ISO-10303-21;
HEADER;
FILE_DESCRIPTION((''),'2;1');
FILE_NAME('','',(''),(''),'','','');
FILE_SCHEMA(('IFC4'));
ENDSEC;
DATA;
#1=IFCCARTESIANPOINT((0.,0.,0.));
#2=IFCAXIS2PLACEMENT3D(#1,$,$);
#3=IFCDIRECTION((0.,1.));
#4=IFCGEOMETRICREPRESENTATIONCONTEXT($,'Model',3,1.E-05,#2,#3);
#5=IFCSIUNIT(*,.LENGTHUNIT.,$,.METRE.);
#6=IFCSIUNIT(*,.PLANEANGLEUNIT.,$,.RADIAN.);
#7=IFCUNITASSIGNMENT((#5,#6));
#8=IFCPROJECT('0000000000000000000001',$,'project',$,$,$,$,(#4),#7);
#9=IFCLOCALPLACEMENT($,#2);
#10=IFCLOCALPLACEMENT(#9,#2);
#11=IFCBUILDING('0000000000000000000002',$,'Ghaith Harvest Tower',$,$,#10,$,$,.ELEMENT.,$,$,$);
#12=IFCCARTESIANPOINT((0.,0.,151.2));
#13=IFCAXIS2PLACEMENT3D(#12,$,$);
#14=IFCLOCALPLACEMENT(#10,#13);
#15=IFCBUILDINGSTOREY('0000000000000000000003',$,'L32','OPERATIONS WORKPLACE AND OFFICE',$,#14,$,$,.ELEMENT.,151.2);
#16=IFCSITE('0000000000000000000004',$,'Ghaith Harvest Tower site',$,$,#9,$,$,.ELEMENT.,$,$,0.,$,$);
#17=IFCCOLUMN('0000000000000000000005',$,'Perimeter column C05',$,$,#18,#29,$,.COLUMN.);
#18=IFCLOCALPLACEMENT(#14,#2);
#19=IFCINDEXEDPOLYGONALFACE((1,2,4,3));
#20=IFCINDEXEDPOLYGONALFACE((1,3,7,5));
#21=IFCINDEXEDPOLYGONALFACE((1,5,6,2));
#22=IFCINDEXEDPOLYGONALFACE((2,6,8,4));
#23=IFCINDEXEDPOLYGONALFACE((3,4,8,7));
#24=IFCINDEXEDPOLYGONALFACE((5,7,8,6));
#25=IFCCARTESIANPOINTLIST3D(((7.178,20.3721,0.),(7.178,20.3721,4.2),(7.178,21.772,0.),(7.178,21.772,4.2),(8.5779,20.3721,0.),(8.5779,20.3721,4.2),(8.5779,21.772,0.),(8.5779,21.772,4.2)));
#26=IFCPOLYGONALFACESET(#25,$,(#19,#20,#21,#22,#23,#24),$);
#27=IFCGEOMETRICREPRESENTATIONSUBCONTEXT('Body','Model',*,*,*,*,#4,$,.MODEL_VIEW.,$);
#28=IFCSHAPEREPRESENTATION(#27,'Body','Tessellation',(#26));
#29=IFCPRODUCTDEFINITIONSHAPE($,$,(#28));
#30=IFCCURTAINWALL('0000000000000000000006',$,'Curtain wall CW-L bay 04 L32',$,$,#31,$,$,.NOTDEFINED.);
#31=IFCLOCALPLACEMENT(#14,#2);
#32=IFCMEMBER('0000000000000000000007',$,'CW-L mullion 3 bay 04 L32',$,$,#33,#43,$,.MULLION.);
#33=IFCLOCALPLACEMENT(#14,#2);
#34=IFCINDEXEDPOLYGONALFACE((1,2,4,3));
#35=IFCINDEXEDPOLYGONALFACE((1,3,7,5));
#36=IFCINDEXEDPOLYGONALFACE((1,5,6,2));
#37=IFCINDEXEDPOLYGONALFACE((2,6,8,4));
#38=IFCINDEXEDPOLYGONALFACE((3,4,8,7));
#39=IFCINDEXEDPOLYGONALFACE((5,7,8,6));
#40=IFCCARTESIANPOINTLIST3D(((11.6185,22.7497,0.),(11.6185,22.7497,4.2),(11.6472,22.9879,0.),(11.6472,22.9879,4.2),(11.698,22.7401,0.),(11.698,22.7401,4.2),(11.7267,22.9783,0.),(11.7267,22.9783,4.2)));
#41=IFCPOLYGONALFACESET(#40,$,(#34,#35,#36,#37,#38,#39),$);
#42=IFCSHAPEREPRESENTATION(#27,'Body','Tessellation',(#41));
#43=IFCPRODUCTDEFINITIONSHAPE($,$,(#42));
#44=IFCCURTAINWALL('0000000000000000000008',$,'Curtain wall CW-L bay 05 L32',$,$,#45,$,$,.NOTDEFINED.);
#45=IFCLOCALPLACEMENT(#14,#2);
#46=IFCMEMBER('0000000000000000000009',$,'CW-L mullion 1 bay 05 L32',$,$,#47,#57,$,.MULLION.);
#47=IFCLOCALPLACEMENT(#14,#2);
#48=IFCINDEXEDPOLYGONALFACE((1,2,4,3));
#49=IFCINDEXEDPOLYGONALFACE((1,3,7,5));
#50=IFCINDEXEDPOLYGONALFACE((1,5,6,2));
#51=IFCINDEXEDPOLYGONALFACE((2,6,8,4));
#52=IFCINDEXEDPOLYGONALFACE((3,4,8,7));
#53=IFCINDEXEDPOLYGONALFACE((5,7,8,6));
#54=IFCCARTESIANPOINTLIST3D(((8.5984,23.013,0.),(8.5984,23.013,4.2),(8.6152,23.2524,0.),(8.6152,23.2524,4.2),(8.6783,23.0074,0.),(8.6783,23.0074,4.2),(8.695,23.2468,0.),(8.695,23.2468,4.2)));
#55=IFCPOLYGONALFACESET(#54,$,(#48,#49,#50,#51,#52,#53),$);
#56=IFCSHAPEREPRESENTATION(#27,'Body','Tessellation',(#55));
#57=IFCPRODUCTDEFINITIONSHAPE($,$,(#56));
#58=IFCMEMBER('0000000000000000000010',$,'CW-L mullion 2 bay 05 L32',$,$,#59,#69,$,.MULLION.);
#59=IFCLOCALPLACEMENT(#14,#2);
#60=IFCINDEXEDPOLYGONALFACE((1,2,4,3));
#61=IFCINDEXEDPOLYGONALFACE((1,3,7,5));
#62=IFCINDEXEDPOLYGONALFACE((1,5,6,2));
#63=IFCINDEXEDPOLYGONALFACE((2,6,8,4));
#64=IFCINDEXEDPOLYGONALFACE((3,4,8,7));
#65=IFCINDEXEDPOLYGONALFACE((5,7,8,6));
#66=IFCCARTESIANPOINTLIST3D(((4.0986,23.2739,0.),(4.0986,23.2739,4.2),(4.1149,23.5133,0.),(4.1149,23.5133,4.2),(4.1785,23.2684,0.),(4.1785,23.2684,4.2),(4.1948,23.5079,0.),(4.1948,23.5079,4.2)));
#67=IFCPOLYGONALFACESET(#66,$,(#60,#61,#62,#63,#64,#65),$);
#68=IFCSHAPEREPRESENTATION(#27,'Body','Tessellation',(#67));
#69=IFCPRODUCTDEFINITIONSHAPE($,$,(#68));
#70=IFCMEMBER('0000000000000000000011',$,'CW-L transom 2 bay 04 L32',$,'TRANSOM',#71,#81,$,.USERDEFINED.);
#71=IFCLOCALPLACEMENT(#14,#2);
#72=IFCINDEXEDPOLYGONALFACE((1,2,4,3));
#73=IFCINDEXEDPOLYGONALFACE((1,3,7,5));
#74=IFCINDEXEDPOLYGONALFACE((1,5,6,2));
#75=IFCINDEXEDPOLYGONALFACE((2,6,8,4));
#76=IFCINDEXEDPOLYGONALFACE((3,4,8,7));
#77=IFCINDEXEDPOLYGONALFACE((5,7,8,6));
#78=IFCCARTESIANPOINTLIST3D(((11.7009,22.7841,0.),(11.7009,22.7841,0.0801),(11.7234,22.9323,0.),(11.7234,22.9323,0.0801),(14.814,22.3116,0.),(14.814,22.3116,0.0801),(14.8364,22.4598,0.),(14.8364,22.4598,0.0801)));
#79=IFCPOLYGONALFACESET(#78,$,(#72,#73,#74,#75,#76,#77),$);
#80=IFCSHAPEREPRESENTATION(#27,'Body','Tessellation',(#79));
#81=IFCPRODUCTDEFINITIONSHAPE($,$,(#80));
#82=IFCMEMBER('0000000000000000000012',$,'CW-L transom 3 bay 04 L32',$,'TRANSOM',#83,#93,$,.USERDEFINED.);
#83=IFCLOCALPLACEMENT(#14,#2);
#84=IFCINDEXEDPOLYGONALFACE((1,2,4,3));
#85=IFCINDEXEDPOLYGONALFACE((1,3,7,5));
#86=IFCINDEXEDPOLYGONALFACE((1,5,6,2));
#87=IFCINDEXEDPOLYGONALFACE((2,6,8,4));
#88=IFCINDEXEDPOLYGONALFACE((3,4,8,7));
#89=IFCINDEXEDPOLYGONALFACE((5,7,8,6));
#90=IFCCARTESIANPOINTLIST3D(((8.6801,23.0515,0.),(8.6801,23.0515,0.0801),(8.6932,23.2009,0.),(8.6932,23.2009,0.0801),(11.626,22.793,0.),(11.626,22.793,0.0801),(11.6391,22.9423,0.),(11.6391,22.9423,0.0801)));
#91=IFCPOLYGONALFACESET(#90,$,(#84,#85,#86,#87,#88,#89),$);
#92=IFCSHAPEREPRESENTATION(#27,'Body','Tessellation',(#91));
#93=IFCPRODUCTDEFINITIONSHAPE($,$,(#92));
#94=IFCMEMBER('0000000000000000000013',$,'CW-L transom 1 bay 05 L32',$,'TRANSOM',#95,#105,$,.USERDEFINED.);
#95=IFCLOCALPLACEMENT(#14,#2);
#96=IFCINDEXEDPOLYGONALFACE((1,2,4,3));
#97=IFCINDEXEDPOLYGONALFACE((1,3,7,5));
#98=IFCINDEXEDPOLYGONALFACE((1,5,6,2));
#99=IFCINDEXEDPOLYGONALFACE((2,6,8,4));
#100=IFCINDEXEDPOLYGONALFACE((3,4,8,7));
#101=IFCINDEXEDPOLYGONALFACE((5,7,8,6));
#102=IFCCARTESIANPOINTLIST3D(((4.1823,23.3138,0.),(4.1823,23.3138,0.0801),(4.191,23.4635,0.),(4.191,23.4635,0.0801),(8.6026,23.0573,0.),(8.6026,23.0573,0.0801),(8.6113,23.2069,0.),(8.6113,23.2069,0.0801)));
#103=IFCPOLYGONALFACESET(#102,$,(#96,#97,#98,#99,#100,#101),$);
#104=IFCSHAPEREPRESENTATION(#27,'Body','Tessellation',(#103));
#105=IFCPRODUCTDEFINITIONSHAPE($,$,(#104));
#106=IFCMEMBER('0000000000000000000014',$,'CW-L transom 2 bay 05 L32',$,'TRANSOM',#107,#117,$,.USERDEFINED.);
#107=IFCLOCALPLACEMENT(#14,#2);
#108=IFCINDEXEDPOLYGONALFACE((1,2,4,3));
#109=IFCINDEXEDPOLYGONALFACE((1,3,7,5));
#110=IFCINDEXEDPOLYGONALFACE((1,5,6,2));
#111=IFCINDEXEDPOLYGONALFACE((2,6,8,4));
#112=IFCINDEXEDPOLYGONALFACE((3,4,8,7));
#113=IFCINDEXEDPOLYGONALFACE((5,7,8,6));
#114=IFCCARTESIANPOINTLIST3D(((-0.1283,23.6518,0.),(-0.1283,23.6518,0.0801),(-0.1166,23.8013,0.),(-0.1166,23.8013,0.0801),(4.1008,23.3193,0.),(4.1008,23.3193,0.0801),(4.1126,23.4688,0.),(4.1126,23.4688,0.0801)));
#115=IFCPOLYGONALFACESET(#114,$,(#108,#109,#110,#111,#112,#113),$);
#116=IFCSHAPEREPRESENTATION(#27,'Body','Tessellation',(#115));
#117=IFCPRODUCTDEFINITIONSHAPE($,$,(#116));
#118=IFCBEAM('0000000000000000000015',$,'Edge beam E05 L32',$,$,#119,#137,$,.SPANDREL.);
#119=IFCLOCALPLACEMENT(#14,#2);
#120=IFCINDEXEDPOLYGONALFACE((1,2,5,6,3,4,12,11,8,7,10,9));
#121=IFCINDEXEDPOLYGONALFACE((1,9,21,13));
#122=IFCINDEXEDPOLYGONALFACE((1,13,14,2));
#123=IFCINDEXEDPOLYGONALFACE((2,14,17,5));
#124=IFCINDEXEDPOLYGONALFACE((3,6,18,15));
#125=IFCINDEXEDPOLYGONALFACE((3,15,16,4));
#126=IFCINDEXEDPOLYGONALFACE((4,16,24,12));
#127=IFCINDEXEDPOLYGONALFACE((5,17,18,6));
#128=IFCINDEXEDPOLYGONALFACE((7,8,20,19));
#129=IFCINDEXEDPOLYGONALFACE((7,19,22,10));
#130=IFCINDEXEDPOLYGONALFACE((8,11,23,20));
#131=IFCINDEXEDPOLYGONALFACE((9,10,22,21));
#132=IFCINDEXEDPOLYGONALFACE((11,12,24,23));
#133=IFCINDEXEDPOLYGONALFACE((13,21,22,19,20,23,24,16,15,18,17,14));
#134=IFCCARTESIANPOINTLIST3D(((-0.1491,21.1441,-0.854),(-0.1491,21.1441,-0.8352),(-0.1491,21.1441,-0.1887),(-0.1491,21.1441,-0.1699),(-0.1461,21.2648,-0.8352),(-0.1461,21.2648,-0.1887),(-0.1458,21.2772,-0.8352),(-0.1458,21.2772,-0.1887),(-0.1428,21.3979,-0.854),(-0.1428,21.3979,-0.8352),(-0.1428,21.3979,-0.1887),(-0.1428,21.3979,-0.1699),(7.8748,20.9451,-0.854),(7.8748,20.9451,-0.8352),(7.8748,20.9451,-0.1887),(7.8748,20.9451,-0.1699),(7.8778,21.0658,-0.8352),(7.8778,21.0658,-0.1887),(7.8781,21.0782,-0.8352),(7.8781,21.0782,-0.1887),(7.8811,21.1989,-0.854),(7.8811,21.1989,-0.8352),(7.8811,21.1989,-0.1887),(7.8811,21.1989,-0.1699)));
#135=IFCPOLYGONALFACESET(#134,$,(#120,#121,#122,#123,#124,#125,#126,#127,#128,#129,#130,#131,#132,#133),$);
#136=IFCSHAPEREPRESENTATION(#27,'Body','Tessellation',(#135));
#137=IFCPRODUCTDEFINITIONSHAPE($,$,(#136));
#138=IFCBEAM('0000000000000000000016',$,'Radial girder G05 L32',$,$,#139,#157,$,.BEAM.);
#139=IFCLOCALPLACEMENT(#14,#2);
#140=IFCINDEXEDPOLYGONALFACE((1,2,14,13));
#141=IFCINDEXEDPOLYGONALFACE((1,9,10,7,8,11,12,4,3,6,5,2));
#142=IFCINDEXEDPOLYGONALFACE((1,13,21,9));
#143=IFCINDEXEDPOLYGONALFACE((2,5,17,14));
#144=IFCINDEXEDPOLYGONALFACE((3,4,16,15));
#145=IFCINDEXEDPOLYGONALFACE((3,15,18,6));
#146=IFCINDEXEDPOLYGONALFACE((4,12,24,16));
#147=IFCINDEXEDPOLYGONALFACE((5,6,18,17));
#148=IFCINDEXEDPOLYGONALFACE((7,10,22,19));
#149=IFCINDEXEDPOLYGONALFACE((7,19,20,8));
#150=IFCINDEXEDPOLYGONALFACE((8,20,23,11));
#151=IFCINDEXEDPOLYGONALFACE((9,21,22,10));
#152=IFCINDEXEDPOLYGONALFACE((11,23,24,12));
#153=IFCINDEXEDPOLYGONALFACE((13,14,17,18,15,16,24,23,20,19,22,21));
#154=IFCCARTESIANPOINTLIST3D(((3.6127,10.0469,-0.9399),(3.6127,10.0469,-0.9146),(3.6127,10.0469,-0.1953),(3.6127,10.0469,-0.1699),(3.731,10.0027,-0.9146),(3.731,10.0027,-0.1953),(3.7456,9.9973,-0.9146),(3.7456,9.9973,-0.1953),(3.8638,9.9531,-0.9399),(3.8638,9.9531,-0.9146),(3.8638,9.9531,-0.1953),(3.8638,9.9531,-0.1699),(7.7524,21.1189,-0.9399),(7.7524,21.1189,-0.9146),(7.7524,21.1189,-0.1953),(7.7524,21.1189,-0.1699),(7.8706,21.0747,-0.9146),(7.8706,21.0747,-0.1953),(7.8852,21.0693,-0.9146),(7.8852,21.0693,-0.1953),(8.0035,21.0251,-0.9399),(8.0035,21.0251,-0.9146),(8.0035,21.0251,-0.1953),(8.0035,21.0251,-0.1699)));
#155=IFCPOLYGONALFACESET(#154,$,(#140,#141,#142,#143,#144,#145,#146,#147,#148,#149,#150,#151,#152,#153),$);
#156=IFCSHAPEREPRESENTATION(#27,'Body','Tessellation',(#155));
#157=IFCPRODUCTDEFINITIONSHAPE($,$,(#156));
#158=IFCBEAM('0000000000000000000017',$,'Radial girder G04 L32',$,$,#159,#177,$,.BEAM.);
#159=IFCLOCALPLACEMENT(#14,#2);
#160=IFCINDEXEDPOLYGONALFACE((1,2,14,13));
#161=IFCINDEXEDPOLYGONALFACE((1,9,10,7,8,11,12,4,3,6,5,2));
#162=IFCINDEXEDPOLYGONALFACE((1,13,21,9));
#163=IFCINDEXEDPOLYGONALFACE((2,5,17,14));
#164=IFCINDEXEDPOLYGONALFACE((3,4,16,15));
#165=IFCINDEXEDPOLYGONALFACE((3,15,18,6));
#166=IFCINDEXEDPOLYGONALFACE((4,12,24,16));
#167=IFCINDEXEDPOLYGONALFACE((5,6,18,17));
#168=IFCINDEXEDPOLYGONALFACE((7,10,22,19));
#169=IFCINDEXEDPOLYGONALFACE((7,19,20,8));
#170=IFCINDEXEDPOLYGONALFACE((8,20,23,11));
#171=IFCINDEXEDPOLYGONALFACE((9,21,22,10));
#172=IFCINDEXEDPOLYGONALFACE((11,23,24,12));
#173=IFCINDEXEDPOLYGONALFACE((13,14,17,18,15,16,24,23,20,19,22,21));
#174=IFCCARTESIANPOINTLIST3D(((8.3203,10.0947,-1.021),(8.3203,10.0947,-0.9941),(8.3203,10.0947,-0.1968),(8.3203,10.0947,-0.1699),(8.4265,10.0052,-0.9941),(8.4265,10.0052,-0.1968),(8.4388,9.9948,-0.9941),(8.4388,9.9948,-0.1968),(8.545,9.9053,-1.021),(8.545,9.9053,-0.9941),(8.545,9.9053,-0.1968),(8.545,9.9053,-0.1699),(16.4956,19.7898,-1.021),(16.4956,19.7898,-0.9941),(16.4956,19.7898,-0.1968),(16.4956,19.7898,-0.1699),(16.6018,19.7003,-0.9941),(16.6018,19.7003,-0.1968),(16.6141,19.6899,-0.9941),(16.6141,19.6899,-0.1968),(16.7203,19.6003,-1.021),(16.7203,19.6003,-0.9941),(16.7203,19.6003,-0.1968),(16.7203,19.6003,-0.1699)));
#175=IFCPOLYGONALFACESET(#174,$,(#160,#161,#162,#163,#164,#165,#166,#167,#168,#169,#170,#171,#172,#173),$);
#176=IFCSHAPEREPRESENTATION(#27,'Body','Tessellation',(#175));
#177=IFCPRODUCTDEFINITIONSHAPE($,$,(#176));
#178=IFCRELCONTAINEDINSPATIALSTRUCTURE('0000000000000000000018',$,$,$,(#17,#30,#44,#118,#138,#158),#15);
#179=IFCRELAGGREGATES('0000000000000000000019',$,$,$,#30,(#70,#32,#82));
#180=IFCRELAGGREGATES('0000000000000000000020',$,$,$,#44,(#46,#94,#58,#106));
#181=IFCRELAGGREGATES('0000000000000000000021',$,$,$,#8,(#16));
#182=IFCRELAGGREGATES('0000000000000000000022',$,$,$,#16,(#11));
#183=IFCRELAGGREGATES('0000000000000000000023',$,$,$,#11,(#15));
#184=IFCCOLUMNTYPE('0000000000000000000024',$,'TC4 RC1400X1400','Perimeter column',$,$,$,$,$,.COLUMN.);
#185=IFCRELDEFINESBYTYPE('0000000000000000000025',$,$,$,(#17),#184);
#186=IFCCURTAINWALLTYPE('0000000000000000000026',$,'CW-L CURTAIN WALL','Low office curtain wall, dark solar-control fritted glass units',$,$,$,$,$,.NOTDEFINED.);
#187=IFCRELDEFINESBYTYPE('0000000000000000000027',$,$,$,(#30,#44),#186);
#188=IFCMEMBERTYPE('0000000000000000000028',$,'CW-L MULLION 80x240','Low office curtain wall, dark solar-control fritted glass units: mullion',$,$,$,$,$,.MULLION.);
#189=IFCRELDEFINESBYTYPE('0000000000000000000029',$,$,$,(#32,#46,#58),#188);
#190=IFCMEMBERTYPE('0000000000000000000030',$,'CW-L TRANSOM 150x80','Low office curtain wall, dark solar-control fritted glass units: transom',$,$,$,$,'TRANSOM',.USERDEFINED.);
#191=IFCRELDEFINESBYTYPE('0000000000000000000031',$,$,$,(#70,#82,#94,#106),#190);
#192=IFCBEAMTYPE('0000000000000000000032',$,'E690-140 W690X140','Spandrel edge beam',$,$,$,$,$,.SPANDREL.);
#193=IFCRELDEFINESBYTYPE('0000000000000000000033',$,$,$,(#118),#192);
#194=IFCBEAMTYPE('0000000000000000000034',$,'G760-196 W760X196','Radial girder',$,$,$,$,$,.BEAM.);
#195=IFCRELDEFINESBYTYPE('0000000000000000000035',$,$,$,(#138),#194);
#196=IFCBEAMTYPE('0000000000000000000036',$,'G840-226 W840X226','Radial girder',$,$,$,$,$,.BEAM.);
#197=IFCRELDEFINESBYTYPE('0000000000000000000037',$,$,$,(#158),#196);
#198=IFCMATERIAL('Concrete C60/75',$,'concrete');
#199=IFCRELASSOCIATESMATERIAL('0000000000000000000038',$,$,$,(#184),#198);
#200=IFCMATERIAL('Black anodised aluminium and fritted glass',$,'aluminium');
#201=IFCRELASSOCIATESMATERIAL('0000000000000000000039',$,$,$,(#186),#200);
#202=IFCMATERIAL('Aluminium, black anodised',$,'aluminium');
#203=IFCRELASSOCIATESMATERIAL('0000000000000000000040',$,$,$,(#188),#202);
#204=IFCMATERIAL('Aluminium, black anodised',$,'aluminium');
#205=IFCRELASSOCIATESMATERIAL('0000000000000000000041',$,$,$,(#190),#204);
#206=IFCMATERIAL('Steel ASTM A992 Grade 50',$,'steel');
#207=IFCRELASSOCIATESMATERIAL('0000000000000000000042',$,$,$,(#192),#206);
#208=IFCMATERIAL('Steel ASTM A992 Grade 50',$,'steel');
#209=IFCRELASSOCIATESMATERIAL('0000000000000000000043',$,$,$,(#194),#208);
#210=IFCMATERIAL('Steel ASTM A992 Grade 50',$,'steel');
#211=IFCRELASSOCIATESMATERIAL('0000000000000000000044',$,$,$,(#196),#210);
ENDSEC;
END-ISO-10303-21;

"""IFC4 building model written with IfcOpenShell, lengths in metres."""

from ifc_helpers import new_model, si_unit, direction, frame, origin, origin_2d, place, context, subcontext, project, spatial, rectangle, i_section, extrude, material, material_profile, profile_set, type_object, element, aggregate, save


model = new_model("IFC4")

# Units and contexts
model_context = context("Model", 3, precision=1e-05, world=origin(), true_north=direction((0.0, 1.0)))
body_context = subcontext(model_context, "Body", "Model", "MODEL_VIEW")
ifc_project = project(units=[si_unit("LENGTHUNIT", "METRE"), si_unit("PLANEANGLEUNIT", "RADIAN")], contexts=[model_context])

# Site, building, storey
site_placement = place(None, origin())
site = spatial("IfcSite", under=ifc_project, at=site_placement, Name="Ghaith Harvest Tower site", CompositionType="ELEMENT", RefElevation=0.0)
building_placement = place(site_placement, origin())
building = spatial("IfcBuilding", under=site, at=building_placement, Name="Ghaith Harvest Tower", CompositionType="ELEMENT")
storey_placement = place(building_placement, frame((0.0, 0.0, 151.2)))
storey = spatial("IfcBuildingStorey", under=building, at=storey_placement, Name="L32", Description="OPERATIONS WORKPLACE AND OFFICE", CompositionType="ELEMENT", Elevation=151.2)

# Column
ifc_material_1 = material(Name="Concrete C60/75", Category="concrete")
ifc_material_profile_1 = material_profile(ifc_material_1, rectangle(XDim=1.3999, YDim=1.3999, at=origin_2d()), Name="RC1400X1400")
ifc_profile_set_1 = profile_set([ifc_material_profile_1], Name="Concrete C60/75")
column_type = type_object("IfcColumnType", Name="TC4 RC1400X1400", Description="Perimeter column", PredefinedType="COLUMN", material=ifc_profile_set_1)
column_placement = place(storey_placement, frame((7.8779, 21.072, 0.0), z_axis=(0.0, 0.0, 1.0), x_axis=(1.0, 0.0, 0.0)))
element("IfcColumn", 1, at=column_placement, inside=storey, type_object=column_type, Name="Perimeter column C05", PredefinedType="COLUMN", context=body_context, shape_type="SweptSolid", body=[
    extrude(rectangle(XDim=1.3999, YDim=1.3999, at=origin_2d()), origin(), (0.0, 0.0, 1.0), 4.2),
])

# Curtain wall, member
ifc_material_2 = material(Name="Black anodised aluminium and fritted glass", Category="aluminium")
curtain_wall_type = type_object("IfcCurtainWallType", Name="CW-L CURTAIN WALL", Description="Low office curtain wall, dark solar-control fritted glass units", PredefinedType="NOTDEFINED", material=ifc_material_2)
curtain_wall_1_placement = place(storey_placement, origin())
curtain_wall_1 = element("IfcCurtainWall", 2, at=curtain_wall_1_placement, inside=storey, type_object=curtain_wall_type, Name="Curtain wall CW-L bay 04 L32", PredefinedType="NOTDEFINED")
ifc_material_3 = material(Name="Aluminium, black anodised", Category="aluminium")
ifc_material_profile_2 = material_profile(ifc_material_3, rectangle(XDim=0.0801, YDim=0.24, at=origin_2d()), Name="CW-L MULLION 80x240")
ifc_profile_set_2 = profile_set([ifc_material_profile_2], Name="Aluminium, black anodised")
member_type_1 = type_object("IfcMemberType", Name="CW-L MULLION 80x240", Description="Low office curtain wall, dark solar-control fritted glass units: mullion", PredefinedType="MULLION", material=ifc_profile_set_2)
member_1_placement = place(storey_placement, frame((11.6726, 22.864, 0.0), z_axis=(0.0, 0.0, 1.0), x_axis=(-0.9928, 0.11978, 0.0)))
member_1 = element("IfcMember", 3, at=member_1_placement, type_object=member_type_1, Name="CW-L mullion 3 bay 04 L32", PredefinedType="MULLION", context=body_context, shape_type="SweptSolid", body=[
    extrude(rectangle(XDim=0.0801, YDim=0.24, at=origin_2d()), origin(), (0.0, 0.0, 1.0), 4.2),
])

# Curtain wall, members
curtain_wall_2_placement = place(storey_placement, origin())
curtain_wall_2 = element("IfcCurtainWall", 4, at=curtain_wall_2_placement, inside=storey, type_object=curtain_wall_type, Name="Curtain wall CW-L bay 05 L32", PredefinedType="NOTDEFINED")
member_2_placement = place(storey_placement, frame((8.6467, 23.1299, 0.0), z_axis=(0.0, 0.0, 1.0), x_axis=(-0.997559, 0.069832, 0.0)))
member_2 = element("IfcMember", 5, at=member_2_placement, type_object=member_type_1, Name="CW-L mullion 1 bay 05 L32", PredefinedType="MULLION", context=body_context, shape_type="SweptSolid", body=[
    extrude(rectangle(XDim=0.0801, YDim=0.24, at=origin_2d()), origin(), (0.0, 0.0, 1.0), 4.2),
])
member_3_placement = place(storey_placement, frame((4.1467, 23.3909, 0.0), z_axis=(0.0, 0.0, 1.0), x_axis=(-0.99769, 0.067933, 0.0)))
member_3 = element("IfcMember", 6, at=member_3_placement, type_object=member_type_1, Name="CW-L mullion 2 bay 05 L32", PredefinedType="MULLION", context=body_context, shape_type="SweptSolid", body=[
    extrude(rectangle(XDim=0.0801, YDim=0.24, at=origin_2d()), origin(), (0.0, 0.0, 1.0), 4.2),
])

# Members
ifc_material_4 = material(Name="Aluminium, black anodised", Category="aluminium")
ifc_material_profile_3 = material_profile(ifc_material_4, rectangle(XDim=0.1499, YDim=0.0801, at=origin_2d()), Name="CW-L TRANSOM 150x80")
ifc_profile_set_3 = profile_set([ifc_material_profile_3], Name="Aluminium, black anodised")
member_type_2 = type_object("IfcMemberType", Name="CW-L TRANSOM 150x80", Description="Low office curtain wall, dark solar-control fritted glass units: transom", ElementType="TRANSOM", PredefinedType="USERDEFINED", material=ifc_profile_set_3)
member_4_placement = place(storey_placement, frame((14.8252, 22.3857, 0.04), z_axis=(-0.988681, 0.150035, 0.0), x_axis=(-0.150035, -0.988681, 0.0)))
member_4 = element("IfcMember", 7, at=member_4_placement, type_object=member_type_2, Name="CW-L transom 2 bay 04 L32", ObjectType="TRANSOM", PredefinedType="USERDEFINED", context=body_context, shape_type="SweptSolid", body=[
    extrude(rectangle(XDim=0.1499, YDim=0.0801, at=origin_2d()), origin(), (0.0, 0.0, 1.0), 3.1487),
])
member_5_placement = place(storey_placement, frame((11.6326, 22.8677, 0.04), z_axis=(-0.996171, 0.087424, 0.0), x_axis=(-0.087424, -0.996171, 0.0)))
member_5 = element("IfcMember", 8, at=member_5_placement, type_object=member_type_2, Name="CW-L transom 3 bay 04 L32", ObjectType="TRANSOM", PredefinedType="USERDEFINED", context=body_context, shape_type="SweptSolid", body=[
    extrude(rectangle(XDim=0.1499, YDim=0.0801, at=origin_2d()), origin(), (0.0, 0.0, 1.0), 2.9573),
])
member_6_placement = place(storey_placement, frame((8.6069, 23.1321, 0.04), z_axis=(-0.99832, 0.05795, 0.0), x_axis=(-0.05795, -0.99832, 0.0)))
member_6 = element("IfcMember", 9, at=member_6_placement, type_object=member_type_2, Name="CW-L transom 1 bay 05 L32", ObjectType="TRANSOM", PredefinedType="USERDEFINED", context=body_context, shape_type="SweptSolid", body=[
    extrude(rectangle(XDim=0.1499, YDim=0.0801, at=origin_2d()), origin(), (0.0, 0.0, 1.0), 4.4277),
])
member_7_placement = place(storey_placement, frame((4.1067, 23.394, 0.04), z_axis=(-0.996923, 0.078382, 0.0), x_axis=(-0.078382, -0.996923, 0.0)))
member_7 = element("IfcMember", 10, at=member_7_placement, type_object=member_type_2, Name="CW-L transom 2 bay 05 L32", ObjectType="TRANSOM", PredefinedType="USERDEFINED", context=body_context, shape_type="SweptSolid", body=[
    extrude(rectangle(XDim=0.1499, YDim=0.0801, at=origin_2d()), origin(), (0.0, 0.0, 1.0), 4.2422),
])

# Beams
ifc_material_5 = material(Name="Steel ASTM A992 Grade 50", Category="steel")
ifc_material_profile_4 = material_profile(ifc_material_5, i_section(OverallWidth=0.2539, OverallDepth=0.6841, WebThickness=0.0125, FlangeThickness=0.0188, at=origin_2d()), Name="W690X140")
ifc_profile_set_4 = profile_set([ifc_material_profile_4], Name="Steel ASTM A992 Grade 50")
beam_type_1 = type_object("IfcBeamType", Name="E690-140 W690X140", Description="Spandrel edge beam", PredefinedType="SPANDREL", material=ifc_profile_set_4)
beam_1_placement = place(storey_placement, frame((7.8779, 21.072, -0.512), z_axis=(-0.999693, 0.02479, 0.0), x_axis=(-0.02479, -0.999693, 0.0)))
element("IfcBeam", 11, at=beam_1_placement, inside=storey, type_object=beam_type_1, Name="Edge beam E05 L32", PredefinedType="SPANDREL", context=body_context, shape_type="SweptSolid", body=[
    extrude(i_section(OverallWidth=0.2539, OverallDepth=0.6841, WebThickness=0.0125, FlangeThickness=0.0188, at=origin_2d()), origin(), (0.0, 0.0, 1.0), 8.0264),
])
ifc_material_6 = material(Name="Steel ASTM A992 Grade 50", Category="steel")
ifc_material_profile_5 = material_profile(ifc_material_6, i_section(OverallWidth=0.2681, OverallDepth=0.77, WebThickness=0.0156, FlangeThickness=0.0254, at=origin_2d()), Name="W760X196")
ifc_profile_set_5 = profile_set([ifc_material_profile_5], Name="Steel ASTM A992 Grade 50")
beam_type_2 = type_object("IfcBeamType", Name="G760-196 W760X196", Description="Radial girder", PredefinedType="BEAM", material=ifc_profile_set_5)
beam_2_placement = place(storey_placement, frame((3.7383, 10.0, -0.5549), z_axis=(0.350207, 0.936672, 0.0), x_axis=(-0.936672, 0.350207, 0.0)))
element("IfcBeam", 12, at=beam_2_placement, inside=storey, type_object=beam_type_2, Name="Radial girder G05 L32", PredefinedType="BEAM", context=body_context, shape_type="SweptSolid", body=[
    extrude(i_section(OverallWidth=0.2681, OverallDepth=0.77, WebThickness=0.0156, FlangeThickness=0.0254, at=origin_2d()), origin(), (0.0, 0.0, 1.0), 11.8206),
])
ifc_material_7 = material(Name="Steel ASTM A992 Grade 50", Category="steel")
ifc_material_profile_6 = material_profile(ifc_material_7, i_section(OverallWidth=0.2939, OverallDepth=0.8511, WebThickness=0.0161, FlangeThickness=0.0269, at=origin_2d()), Name="W840X226")
ifc_profile_set_6 = profile_set([ifc_material_profile_6], Name="Steel ASTM A992 Grade 50")
beam_type_3 = type_object("IfcBeamType", Name="G840-226 W840X226", Description="Radial girder", PredefinedType="BEAM", material=ifc_profile_set_6)
beam_3_placement = place(storey_placement, frame((8.4326, 10.0, -0.5955), z_axis=(0.644644, 0.764483, 0.0), x_axis=(-0.764483, 0.644644, 0.0)))
element("IfcBeam", 13, at=beam_3_placement, inside=storey, type_object=beam_type_3, Name="Radial girder G04 L32", PredefinedType="BEAM", context=body_context, shape_type="SweptSolid", body=[
    extrude(i_section(OverallWidth=0.2939, OverallDepth=0.8511, WebThickness=0.0161, FlangeThickness=0.0269, at=origin_2d()), origin(), (0.0, 0.0, 1.0), 12.6819),
])

aggregate(curtain_wall_1, [member_4, member_1, member_5])
aggregate(curtain_wall_2, [member_2, member_6, member_3, member_7])

save(model, "model.ifc")
